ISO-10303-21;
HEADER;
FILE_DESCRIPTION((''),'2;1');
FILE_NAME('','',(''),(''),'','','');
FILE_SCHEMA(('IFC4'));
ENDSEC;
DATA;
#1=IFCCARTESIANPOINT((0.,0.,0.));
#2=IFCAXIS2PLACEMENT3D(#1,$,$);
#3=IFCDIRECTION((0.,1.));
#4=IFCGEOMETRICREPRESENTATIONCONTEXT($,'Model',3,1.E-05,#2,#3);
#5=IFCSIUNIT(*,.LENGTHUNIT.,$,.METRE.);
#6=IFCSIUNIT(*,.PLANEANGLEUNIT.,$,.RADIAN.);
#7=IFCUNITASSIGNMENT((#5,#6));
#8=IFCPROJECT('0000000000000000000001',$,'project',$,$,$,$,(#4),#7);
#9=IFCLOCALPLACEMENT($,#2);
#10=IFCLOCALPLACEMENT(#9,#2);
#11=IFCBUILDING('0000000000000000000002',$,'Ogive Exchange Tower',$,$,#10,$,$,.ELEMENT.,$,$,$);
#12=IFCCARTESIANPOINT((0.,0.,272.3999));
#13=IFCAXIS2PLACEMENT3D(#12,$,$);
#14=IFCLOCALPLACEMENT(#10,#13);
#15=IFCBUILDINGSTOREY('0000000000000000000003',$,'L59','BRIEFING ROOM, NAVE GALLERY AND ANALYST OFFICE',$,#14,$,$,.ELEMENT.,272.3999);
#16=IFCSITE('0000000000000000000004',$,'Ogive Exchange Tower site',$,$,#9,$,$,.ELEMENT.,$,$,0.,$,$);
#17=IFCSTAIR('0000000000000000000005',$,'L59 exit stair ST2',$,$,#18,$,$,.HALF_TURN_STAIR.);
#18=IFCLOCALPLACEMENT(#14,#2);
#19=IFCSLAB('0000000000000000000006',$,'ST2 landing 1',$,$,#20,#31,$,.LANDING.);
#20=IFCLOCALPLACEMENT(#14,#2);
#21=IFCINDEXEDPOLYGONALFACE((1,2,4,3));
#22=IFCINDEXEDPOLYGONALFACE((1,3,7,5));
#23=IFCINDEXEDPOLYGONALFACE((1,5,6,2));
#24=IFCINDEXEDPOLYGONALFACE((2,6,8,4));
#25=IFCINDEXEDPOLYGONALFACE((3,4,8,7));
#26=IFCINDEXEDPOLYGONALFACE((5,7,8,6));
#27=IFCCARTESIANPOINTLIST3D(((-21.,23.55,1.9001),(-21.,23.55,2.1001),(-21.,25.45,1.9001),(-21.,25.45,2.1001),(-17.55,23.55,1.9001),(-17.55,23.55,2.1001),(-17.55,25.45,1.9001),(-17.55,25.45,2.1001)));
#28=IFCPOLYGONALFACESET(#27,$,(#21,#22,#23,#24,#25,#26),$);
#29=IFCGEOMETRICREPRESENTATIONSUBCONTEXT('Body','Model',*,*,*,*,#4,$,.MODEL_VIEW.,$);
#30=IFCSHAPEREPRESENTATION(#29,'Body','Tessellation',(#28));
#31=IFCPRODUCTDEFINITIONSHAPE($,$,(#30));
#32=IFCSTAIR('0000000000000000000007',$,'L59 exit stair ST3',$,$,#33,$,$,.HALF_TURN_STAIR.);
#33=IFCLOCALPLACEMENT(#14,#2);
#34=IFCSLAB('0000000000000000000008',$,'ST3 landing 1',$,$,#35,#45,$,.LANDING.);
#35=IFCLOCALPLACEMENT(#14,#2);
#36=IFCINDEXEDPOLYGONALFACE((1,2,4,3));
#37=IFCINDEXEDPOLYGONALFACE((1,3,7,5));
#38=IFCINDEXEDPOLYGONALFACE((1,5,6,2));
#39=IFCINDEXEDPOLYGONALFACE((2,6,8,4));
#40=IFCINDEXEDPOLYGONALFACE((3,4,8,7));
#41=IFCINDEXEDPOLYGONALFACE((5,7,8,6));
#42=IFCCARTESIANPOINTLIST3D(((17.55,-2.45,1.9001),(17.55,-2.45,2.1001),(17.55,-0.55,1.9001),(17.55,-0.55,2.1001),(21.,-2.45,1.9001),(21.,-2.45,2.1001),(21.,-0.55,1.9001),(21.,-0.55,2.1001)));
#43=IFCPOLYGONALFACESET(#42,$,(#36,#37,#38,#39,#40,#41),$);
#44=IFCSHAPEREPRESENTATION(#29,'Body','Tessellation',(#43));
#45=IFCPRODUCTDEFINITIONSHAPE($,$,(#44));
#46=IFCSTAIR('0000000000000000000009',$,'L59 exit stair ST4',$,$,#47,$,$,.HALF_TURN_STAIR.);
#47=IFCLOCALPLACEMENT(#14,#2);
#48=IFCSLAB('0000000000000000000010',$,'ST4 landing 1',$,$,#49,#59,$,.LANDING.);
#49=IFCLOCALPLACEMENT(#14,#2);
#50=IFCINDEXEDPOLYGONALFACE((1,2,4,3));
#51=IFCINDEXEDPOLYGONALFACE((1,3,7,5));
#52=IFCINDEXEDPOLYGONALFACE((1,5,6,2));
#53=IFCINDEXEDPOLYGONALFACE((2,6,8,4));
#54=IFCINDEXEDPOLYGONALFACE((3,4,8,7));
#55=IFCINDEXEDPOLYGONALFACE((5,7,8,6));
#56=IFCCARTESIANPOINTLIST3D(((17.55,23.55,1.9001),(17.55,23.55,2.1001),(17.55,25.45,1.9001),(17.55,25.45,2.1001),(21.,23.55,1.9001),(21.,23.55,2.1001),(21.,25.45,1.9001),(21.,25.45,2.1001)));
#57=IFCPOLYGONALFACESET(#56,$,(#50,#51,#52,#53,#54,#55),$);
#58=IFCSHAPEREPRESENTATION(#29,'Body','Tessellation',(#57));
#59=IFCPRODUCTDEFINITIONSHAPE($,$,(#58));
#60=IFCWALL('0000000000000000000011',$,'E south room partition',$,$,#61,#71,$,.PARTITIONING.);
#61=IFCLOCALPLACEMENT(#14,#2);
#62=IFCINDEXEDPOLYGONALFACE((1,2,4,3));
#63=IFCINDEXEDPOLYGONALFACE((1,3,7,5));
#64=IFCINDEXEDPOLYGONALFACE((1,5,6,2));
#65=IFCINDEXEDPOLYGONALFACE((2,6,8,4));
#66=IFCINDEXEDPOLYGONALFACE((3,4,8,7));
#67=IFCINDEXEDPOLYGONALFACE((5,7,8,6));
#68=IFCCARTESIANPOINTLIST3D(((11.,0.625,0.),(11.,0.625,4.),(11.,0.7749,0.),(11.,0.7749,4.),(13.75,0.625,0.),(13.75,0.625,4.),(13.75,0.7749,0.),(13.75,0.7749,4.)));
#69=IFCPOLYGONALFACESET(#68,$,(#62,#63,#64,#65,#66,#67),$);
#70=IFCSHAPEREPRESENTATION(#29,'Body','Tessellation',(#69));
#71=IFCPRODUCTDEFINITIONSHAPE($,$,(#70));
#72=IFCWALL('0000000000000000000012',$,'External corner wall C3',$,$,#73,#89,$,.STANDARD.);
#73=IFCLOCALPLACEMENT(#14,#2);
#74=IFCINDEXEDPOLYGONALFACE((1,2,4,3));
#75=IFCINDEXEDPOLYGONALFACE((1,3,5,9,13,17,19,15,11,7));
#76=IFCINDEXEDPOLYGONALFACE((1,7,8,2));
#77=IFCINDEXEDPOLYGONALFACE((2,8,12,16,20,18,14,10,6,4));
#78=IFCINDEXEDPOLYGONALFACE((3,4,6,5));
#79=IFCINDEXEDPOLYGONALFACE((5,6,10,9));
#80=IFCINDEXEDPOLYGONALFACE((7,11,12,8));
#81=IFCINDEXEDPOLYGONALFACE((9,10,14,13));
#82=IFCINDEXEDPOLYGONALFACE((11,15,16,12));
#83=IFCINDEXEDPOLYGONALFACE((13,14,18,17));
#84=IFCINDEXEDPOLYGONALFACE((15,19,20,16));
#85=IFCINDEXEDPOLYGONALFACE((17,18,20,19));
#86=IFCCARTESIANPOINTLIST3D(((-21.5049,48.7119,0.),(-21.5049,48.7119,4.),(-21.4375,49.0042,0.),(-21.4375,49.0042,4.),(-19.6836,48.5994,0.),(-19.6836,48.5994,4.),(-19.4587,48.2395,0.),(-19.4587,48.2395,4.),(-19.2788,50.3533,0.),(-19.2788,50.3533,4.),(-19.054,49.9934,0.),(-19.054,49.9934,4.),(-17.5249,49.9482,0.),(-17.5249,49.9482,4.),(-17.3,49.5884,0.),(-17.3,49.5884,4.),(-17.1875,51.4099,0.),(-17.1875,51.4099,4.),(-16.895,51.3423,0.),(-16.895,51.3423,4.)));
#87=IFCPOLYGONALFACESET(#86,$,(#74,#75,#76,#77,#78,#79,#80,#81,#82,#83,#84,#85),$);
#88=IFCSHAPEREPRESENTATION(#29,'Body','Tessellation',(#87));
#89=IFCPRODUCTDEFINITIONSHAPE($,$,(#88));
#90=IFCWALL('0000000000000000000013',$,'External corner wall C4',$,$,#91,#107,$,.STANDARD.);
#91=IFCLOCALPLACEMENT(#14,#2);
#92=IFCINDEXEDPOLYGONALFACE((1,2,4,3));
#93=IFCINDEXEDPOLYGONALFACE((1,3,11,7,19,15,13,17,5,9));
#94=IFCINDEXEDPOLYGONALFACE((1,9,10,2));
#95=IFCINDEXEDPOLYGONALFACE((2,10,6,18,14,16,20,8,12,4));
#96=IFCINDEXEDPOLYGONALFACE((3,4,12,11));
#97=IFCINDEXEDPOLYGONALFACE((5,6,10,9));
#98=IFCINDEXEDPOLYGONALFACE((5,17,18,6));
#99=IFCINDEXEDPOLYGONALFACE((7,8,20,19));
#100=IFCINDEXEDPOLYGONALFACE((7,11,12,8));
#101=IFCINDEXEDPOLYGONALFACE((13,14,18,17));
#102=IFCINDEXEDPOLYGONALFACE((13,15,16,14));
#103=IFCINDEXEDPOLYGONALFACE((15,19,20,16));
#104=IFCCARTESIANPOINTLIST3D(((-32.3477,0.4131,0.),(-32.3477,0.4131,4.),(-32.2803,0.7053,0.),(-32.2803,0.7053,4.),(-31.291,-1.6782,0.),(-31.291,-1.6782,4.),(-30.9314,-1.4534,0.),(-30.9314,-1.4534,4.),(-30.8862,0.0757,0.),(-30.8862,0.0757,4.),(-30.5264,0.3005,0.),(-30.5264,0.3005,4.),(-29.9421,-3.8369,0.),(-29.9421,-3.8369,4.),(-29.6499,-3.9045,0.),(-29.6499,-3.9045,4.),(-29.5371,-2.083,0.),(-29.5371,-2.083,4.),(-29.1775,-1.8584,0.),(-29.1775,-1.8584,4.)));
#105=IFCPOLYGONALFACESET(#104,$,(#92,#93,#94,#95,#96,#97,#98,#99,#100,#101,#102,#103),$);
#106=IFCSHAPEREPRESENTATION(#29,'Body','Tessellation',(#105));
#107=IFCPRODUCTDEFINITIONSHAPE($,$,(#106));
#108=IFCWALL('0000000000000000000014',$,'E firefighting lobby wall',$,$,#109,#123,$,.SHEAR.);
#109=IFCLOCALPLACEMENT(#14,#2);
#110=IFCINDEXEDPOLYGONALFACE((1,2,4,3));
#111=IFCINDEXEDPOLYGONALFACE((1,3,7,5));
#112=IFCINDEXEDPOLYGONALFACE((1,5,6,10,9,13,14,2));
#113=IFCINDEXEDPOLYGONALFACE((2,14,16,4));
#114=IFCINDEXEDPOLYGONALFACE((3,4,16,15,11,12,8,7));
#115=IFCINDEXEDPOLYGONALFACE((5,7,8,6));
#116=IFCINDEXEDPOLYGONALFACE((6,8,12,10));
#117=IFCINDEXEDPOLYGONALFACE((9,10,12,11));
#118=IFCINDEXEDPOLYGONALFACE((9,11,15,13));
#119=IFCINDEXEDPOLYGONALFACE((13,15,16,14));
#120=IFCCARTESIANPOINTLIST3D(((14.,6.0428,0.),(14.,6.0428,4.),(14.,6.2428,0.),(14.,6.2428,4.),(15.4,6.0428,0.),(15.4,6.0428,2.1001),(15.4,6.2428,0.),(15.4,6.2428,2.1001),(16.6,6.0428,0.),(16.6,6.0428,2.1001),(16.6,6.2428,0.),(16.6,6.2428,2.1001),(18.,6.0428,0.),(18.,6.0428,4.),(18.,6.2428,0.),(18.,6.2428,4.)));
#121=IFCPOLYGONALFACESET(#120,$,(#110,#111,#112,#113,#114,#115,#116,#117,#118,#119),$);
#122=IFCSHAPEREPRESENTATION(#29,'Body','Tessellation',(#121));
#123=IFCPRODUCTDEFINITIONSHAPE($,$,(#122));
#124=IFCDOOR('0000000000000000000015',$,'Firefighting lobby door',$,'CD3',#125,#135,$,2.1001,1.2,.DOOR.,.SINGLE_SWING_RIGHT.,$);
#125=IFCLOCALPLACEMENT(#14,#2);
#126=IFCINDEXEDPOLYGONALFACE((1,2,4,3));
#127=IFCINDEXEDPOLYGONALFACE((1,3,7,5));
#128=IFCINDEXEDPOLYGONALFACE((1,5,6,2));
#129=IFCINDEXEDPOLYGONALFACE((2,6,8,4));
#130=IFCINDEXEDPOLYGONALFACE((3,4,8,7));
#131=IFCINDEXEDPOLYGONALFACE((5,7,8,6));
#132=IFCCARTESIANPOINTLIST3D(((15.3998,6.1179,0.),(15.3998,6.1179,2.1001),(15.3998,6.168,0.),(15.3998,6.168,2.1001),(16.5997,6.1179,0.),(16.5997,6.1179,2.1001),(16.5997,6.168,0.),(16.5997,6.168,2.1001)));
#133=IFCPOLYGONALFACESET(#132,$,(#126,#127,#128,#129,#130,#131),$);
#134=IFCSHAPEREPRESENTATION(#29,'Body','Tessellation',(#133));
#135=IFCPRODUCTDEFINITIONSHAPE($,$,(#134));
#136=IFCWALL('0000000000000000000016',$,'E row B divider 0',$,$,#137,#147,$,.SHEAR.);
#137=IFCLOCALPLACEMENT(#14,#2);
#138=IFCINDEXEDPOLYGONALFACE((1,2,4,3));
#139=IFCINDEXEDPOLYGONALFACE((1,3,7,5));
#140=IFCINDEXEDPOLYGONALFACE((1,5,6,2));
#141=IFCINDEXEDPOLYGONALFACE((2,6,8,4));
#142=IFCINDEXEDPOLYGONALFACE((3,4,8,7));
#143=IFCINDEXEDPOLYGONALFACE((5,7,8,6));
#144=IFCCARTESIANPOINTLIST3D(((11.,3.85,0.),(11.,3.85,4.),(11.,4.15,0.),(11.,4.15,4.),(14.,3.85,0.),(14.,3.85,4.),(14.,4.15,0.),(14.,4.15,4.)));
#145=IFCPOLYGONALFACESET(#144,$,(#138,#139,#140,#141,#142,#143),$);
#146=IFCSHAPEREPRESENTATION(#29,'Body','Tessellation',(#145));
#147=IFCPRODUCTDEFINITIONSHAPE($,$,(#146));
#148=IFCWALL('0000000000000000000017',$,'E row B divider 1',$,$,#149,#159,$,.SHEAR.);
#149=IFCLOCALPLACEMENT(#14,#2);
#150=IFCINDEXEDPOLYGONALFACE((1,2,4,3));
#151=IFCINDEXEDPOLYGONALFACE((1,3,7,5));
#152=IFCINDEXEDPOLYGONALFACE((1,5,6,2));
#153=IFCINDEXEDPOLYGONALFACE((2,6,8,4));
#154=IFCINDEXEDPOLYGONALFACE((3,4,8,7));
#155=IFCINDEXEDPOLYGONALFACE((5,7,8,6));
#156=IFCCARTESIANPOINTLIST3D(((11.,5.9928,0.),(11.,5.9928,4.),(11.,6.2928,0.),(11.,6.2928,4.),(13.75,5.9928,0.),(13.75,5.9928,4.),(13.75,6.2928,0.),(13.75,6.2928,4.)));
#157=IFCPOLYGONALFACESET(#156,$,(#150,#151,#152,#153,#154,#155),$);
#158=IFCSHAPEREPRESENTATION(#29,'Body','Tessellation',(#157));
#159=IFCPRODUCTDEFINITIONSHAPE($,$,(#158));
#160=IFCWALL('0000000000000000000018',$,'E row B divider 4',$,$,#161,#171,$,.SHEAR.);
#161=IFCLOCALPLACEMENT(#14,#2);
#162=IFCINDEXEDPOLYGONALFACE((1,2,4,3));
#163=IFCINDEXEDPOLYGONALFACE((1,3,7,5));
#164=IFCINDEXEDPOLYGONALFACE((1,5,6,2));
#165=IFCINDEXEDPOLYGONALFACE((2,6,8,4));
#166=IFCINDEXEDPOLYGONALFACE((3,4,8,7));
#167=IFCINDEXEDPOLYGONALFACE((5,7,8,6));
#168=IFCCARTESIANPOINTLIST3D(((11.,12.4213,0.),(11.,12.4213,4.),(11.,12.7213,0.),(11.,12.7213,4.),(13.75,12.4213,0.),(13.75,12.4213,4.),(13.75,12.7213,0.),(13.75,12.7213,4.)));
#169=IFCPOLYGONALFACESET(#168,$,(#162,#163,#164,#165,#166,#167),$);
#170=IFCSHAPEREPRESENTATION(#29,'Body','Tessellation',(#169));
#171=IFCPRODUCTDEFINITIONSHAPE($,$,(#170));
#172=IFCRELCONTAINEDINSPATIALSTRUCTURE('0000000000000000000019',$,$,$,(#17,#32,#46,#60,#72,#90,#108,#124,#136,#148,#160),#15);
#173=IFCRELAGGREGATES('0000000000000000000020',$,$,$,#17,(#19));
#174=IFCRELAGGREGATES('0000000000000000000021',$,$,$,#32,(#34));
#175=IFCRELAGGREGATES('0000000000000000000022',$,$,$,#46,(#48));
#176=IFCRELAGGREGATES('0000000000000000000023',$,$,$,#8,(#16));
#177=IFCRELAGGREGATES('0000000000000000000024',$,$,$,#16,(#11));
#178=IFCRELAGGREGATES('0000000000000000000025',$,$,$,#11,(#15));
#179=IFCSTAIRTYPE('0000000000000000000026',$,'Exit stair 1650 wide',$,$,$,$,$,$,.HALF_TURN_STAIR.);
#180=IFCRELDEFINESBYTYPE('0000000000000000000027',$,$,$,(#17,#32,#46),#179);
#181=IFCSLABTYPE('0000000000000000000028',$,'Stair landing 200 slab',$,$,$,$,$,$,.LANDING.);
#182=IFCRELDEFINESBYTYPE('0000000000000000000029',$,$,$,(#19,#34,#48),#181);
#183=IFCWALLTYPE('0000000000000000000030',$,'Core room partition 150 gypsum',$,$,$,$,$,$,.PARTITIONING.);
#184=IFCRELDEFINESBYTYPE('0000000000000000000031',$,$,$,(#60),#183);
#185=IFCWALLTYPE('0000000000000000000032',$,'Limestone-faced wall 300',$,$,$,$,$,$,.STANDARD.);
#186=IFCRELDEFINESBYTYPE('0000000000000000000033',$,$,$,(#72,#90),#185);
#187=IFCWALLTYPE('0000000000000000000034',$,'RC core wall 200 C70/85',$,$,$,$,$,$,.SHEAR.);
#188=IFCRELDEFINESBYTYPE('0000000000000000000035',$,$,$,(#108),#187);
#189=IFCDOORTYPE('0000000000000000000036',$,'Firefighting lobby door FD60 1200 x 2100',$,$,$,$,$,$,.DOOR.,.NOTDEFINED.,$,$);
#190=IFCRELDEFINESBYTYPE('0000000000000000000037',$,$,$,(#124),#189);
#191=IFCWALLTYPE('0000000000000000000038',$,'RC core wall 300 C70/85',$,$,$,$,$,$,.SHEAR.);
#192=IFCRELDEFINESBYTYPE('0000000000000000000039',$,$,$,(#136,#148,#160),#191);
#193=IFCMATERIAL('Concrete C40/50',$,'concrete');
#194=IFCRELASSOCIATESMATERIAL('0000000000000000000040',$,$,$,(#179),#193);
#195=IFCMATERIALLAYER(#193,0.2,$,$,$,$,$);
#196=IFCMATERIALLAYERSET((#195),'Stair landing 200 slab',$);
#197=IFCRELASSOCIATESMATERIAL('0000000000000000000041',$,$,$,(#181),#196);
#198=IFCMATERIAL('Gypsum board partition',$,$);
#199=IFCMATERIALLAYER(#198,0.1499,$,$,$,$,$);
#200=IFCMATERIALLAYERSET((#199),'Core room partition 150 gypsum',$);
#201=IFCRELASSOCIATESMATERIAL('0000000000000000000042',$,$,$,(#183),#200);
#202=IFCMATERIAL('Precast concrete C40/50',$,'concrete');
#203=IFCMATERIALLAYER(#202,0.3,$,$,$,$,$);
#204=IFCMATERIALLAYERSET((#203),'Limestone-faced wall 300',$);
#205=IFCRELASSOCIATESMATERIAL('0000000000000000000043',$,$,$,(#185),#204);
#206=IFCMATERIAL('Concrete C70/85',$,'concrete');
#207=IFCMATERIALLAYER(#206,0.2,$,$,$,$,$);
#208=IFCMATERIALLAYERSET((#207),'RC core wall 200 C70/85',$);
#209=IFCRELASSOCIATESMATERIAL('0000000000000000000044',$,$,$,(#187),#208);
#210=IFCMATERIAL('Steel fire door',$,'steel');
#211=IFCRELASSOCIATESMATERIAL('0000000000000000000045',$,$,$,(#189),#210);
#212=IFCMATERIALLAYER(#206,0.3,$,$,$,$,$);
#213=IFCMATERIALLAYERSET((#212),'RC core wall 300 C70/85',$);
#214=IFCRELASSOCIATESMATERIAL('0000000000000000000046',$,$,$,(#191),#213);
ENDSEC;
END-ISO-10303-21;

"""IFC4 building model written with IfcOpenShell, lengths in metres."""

from ifc_helpers import new_model, si_unit, direction, frame, frame_2d, origin, place, context, subcontext, project, spatial, polyline, rectangle, outline, extrude, material, layer, layer_set, type_object, element, fill, aggregate, save


model = new_model("IFC4")

# Units and contexts
model_context = context("Model", 3, precision=1e-05, world=origin(), true_north=direction((0.0, 1.0)))
body_context = subcontext(model_context, "Body", "Model", "MODEL_VIEW")
ifc_project = project(units=[si_unit("LENGTHUNIT", "METRE"), si_unit("PLANEANGLEUNIT", "RADIAN")], contexts=[model_context])

# Site, building, storey
site_placement = place(None, origin())
site = spatial("IfcSite", under=ifc_project, at=site_placement, Name="Ogive Exchange Tower site", CompositionType="ELEMENT", RefElevation=0.0)
building_placement = place(site_placement, origin())
building = spatial("IfcBuilding", under=site, at=building_placement, Name="Ogive Exchange Tower", CompositionType="ELEMENT")
storey_placement = place(building_placement, frame((0.0, 0.0, 272.3999)))
storey = spatial("IfcBuildingStorey", under=building, at=storey_placement, Name="L59", Description="BRIEFING ROOM, NAVE GALLERY AND ANALYST OFFICE", CompositionType="ELEMENT", Elevation=272.3999)

# Shared definitions
ifc_material_1 = material(Name="Concrete C70/85", Category="concrete")

# Stairs, slabs
ifc_material_2 = material(Name="Concrete C40/50", Category="concrete")
stair_type = type_object("IfcStairType", Name="Exit stair 1650 wide", PredefinedType="HALF_TURN_STAIR", material=ifc_material_2)
ifc_layer_1 = layer(ifc_material_2, 0.2)
ifc_layer_set_1 = layer_set([ifc_layer_1], Name="Stair landing 200 slab")
slab_type_1 = type_object("IfcSlabType", Name="Stair landing 200 slab", PredefinedType="LANDING", material=ifc_layer_set_1)
stair_1_placement = place(storey_placement, origin())
stair_1 = element("IfcStair", 1, at=stair_1_placement, inside=storey, type_object=stair_type, Name="L59 exit stair ST2", PredefinedType="HALF_TURN_STAIR")
slab_1_placement = place(storey_placement, frame((0.0, 0.0, 1.9001)))
slab_1 = element("IfcSlab", 2, at=slab_1_placement, type_object=slab_type_1, Name="ST2 landing 1", PredefinedType="LANDING", context=body_context, shape_type="SweptSolid", body=[
    extrude(outline(polyline([(-17.55, 23.55), (-17.55, 25.45), (-21.0, 25.45), (-21.0, 23.55), (-17.55, 23.55)])), origin(), (0.0, 0.0, 1.0), 0.2),
])
aggregate(stair_1, [slab_1])
stair_2_placement = place(storey_placement, origin())
stair_2 = element("IfcStair", 3, at=stair_2_placement, inside=storey, type_object=stair_type, Name="L59 exit stair ST3", PredefinedType="HALF_TURN_STAIR")
slab_2_placement = place(storey_placement, frame((0.0, 0.0, 1.9001)))
slab_2 = element("IfcSlab", 4, at=slab_2_placement, type_object=slab_type_1, Name="ST3 landing 1", PredefinedType="LANDING", context=body_context, shape_type="SweptSolid", body=[
    extrude(outline(polyline([(17.55, -0.55), (17.55, -2.45), (21.0, -2.45), (21.0, -0.55), (17.55, -0.55)])), origin(), (0.0, 0.0, 1.0), 0.2),
])
aggregate(stair_2, [slab_2])
stair_3_placement = place(storey_placement, origin())
stair_3 = element("IfcStair", 5, at=stair_3_placement, inside=storey, type_object=stair_type, Name="L59 exit stair ST4", PredefinedType="HALF_TURN_STAIR")
slab_3_placement = place(storey_placement, frame((0.0, 0.0, 1.9001)))
slab_3 = element("IfcSlab", 6, at=slab_3_placement, type_object=slab_type_1, Name="ST4 landing 1", PredefinedType="LANDING", context=body_context, shape_type="SweptSolid", body=[
    extrude(outline(polyline([(21.0, 23.55), (21.0, 25.45), (17.55, 25.45), (17.55, 23.55), (21.0, 23.55)])), origin(), (0.0, 0.0, 1.0), 0.2),
])
aggregate(stair_3, [slab_3])

# Walls
ifc_material_3 = material(Name="Gypsum board partition")
ifc_layer_2 = layer(ifc_material_3, 0.1499)
ifc_layer_set_2 = layer_set([ifc_layer_2], Name="Core room partition 150 gypsum")
wall_type_1 = type_object("IfcWallType", Name="Core room partition 150 gypsum", PredefinedType="PARTITIONING", material=ifc_layer_set_2)
wall_1_placement = place(storey_placement, frame((11.0, 0.7, 0.0), z_axis=(0.0, 0.0, 1.0), x_axis=(1.0, 0.0, 0.0)))
element("IfcWall", 7, at=wall_1_placement, inside=storey, type_object=wall_type_1, Name="E south room partition", PredefinedType="PARTITIONING", context=body_context, shape_type="SweptSolid", body=[
    extrude(rectangle(XDim=2.75, YDim=0.1499, at=frame_2d((1.375, 0.0))), origin(), (0.0, 0.0, 1.0), 4.0),
])
ifc_material_4 = material(Name="Precast concrete C40/50", Category="concrete")
ifc_layer_3 = layer(ifc_material_4, 0.3)
ifc_layer_set_3 = layer_set([ifc_layer_3], Name="Limestone-faced wall 300")
wall_type_2 = type_object("IfcWallType", Name="Limestone-faced wall 300", PredefinedType="STANDARD", material=ifc_layer_set_3)
wall_2_placement = place(storey_placement, origin())
element("IfcWall", 8, at=wall_2_placement, inside=storey, type_object=wall_type_2, Name="External corner wall C3", PredefinedType="STANDARD", context=body_context, shape_type="SweptSolid", body=[
    extrude(outline(polyline([(-21.5049, 48.7119), (-21.4375, 49.0042), (-19.6836, 48.5994), (-19.2788, 50.3533), (-17.5249, 49.9482), (-17.1875, 51.4099), (-16.895, 51.3423), (-17.3, 49.5884), (-19.054, 49.9934), (-19.4587, 48.2395), (-21.5049, 48.7119)])), origin(), (0.0, 0.0, 1.0), 4.0),
])
wall_3_placement = place(storey_placement, origin())
element("IfcWall", 9, at=wall_3_placement, inside=storey, type_object=wall_type_2, Name="External corner wall C4", PredefinedType="STANDARD", context=body_context, shape_type="SweptSolid", body=[
    extrude(outline(polyline([(-31.291, -1.6782), (-30.8862, 0.0757), (-32.3477, 0.4131), (-32.2803, 0.7053), (-30.5264, 0.3005), (-30.9314, -1.4534), (-29.1775, -1.8584), (-29.6499, -3.9045), (-29.9421, -3.8369), (-29.5371, -2.083), (-31.291, -1.6782)])), origin(), (0.0, 0.0, 1.0), 4.0),
])

# Wall, opening, door
ifc_layer_4 = layer(ifc_material_1, 0.2)
ifc_layer_set_4 = layer_set([ifc_layer_4], Name="RC core wall 200 C70/85")
wall_type_3 = type_object("IfcWallType", Name="RC core wall 200 C70/85", PredefinedType="SHEAR", material=ifc_layer_set_4)
wall_4_placement = place(storey_placement, frame((14.0, 6.1428, 0.0), z_axis=(0.0, 0.0, 1.0), x_axis=(1.0, 0.0, 0.0)))
wall_4 = element("IfcWall", 10, at=wall_4_placement, inside=storey, type_object=wall_type_3, Name="E firefighting lobby wall", PredefinedType="SHEAR", context=body_context, shape_type="SweptSolid", body=[
    extrude(rectangle(XDim=4.0, YDim=0.2, at=frame_2d((2.0, 0.0))), origin(), (0.0, 0.0, 1.0), 4.0),
])
opening_placement = place(wall_4_placement, frame((1.3999, 0.0, 0.0)))
opening = element("IfcOpeningElement", 11, at=opening_placement, cuts=wall_4, PredefinedType="OPENING", context=body_context, shape_type="SweptSolid", body=[
    extrude(rectangle(XDim=1.2, YDim=2.1001, at=frame_2d((0.6001, 1.05))), frame((0.0, 0.1099, 0.0), z_axis=(0.0, -1.0, 0.0), x_axis=(1.0, 0.0, 0.0)), (0.0, 0.0, 1.0), 0.22),
])
ifc_material_5 = material(Name="Steel fire door", Category="steel")
door_type = type_object("IfcDoorType", Name="Firefighting lobby door FD60 1200 x 2100", OperationType="NOTDEFINED", PredefinedType="DOOR", material=ifc_material_5)
door_placement = place(opening_placement, frame((1.2, 0.0, 0.0), z_axis=(0.0, 0.0, 1.0), x_axis=(-1.0, 0.0, 0.0)))
door = element("IfcDoor", 12, at=door_placement, inside=storey, type_object=door_type, Name="Firefighting lobby door", ObjectType="CD3", OperationType="SINGLE_SWING_RIGHT", OverallHeight=2.1001, OverallWidth=1.2, PredefinedType="DOOR", context=body_context, shape_type="SweptSolid", body=[
    extrude(rectangle(XDim=1.2, YDim=2.1001, at=frame_2d((0.6001, 1.05))), frame((0.0, 0.0249, 0.0), z_axis=(0.0, -1.0, 0.0), x_axis=(1.0, 0.0, 0.0)), (0.0, 0.0, 1.0), 0.05),
])
fill(opening, door)

# Walls
ifc_layer_5 = layer(ifc_material_1, 0.3)
ifc_layer_set_5 = layer_set([ifc_layer_5], Name="RC core wall 300 C70/85")
wall_type_4 = type_object("IfcWallType", Name="RC core wall 300 C70/85", PredefinedType="SHEAR", material=ifc_layer_set_5)
wall_5_placement = place(storey_placement, frame((11.0, 4.0, 0.0), z_axis=(0.0, 0.0, 1.0), x_axis=(1.0, 0.0, 0.0)))
element("IfcWall", 13, at=wall_5_placement, inside=storey, type_object=wall_type_4, Name="E row B divider 0", PredefinedType="SHEAR", context=body_context, shape_type="SweptSolid", body=[
    extrude(rectangle(XDim=3.0, YDim=0.3, at=frame_2d((1.5, 0.0))), origin(), (0.0, 0.0, 1.0), 4.0),
])
for number, where, z_axis, x_axis, name in (
    (14, (11.0, 6.1428, 0.0), (0.0, 0.0, 1.0), (1.0, 0.0, 0.0), "E row B divider 1"),
    (15, (11.0, 12.5713, 0.0), (0.0, 0.0, 1.0), (1.0, 0.0, 0.0), "E row B divider 4"),
):
    element("IfcWall", number, at=place(storey_placement, frame(where, z_axis=z_axis, x_axis=x_axis)), inside=storey, type_object=wall_type_4, Name=name, PredefinedType="SHEAR", context=body_context, shape_type="SweptSolid", body=[
        extrude(rectangle(XDim=2.75, YDim=0.3, at=frame_2d((1.375, 0.0))), origin(), (0.0, 0.0, 1.0), 4.0),
    ])

save(model, "model.ifc")
